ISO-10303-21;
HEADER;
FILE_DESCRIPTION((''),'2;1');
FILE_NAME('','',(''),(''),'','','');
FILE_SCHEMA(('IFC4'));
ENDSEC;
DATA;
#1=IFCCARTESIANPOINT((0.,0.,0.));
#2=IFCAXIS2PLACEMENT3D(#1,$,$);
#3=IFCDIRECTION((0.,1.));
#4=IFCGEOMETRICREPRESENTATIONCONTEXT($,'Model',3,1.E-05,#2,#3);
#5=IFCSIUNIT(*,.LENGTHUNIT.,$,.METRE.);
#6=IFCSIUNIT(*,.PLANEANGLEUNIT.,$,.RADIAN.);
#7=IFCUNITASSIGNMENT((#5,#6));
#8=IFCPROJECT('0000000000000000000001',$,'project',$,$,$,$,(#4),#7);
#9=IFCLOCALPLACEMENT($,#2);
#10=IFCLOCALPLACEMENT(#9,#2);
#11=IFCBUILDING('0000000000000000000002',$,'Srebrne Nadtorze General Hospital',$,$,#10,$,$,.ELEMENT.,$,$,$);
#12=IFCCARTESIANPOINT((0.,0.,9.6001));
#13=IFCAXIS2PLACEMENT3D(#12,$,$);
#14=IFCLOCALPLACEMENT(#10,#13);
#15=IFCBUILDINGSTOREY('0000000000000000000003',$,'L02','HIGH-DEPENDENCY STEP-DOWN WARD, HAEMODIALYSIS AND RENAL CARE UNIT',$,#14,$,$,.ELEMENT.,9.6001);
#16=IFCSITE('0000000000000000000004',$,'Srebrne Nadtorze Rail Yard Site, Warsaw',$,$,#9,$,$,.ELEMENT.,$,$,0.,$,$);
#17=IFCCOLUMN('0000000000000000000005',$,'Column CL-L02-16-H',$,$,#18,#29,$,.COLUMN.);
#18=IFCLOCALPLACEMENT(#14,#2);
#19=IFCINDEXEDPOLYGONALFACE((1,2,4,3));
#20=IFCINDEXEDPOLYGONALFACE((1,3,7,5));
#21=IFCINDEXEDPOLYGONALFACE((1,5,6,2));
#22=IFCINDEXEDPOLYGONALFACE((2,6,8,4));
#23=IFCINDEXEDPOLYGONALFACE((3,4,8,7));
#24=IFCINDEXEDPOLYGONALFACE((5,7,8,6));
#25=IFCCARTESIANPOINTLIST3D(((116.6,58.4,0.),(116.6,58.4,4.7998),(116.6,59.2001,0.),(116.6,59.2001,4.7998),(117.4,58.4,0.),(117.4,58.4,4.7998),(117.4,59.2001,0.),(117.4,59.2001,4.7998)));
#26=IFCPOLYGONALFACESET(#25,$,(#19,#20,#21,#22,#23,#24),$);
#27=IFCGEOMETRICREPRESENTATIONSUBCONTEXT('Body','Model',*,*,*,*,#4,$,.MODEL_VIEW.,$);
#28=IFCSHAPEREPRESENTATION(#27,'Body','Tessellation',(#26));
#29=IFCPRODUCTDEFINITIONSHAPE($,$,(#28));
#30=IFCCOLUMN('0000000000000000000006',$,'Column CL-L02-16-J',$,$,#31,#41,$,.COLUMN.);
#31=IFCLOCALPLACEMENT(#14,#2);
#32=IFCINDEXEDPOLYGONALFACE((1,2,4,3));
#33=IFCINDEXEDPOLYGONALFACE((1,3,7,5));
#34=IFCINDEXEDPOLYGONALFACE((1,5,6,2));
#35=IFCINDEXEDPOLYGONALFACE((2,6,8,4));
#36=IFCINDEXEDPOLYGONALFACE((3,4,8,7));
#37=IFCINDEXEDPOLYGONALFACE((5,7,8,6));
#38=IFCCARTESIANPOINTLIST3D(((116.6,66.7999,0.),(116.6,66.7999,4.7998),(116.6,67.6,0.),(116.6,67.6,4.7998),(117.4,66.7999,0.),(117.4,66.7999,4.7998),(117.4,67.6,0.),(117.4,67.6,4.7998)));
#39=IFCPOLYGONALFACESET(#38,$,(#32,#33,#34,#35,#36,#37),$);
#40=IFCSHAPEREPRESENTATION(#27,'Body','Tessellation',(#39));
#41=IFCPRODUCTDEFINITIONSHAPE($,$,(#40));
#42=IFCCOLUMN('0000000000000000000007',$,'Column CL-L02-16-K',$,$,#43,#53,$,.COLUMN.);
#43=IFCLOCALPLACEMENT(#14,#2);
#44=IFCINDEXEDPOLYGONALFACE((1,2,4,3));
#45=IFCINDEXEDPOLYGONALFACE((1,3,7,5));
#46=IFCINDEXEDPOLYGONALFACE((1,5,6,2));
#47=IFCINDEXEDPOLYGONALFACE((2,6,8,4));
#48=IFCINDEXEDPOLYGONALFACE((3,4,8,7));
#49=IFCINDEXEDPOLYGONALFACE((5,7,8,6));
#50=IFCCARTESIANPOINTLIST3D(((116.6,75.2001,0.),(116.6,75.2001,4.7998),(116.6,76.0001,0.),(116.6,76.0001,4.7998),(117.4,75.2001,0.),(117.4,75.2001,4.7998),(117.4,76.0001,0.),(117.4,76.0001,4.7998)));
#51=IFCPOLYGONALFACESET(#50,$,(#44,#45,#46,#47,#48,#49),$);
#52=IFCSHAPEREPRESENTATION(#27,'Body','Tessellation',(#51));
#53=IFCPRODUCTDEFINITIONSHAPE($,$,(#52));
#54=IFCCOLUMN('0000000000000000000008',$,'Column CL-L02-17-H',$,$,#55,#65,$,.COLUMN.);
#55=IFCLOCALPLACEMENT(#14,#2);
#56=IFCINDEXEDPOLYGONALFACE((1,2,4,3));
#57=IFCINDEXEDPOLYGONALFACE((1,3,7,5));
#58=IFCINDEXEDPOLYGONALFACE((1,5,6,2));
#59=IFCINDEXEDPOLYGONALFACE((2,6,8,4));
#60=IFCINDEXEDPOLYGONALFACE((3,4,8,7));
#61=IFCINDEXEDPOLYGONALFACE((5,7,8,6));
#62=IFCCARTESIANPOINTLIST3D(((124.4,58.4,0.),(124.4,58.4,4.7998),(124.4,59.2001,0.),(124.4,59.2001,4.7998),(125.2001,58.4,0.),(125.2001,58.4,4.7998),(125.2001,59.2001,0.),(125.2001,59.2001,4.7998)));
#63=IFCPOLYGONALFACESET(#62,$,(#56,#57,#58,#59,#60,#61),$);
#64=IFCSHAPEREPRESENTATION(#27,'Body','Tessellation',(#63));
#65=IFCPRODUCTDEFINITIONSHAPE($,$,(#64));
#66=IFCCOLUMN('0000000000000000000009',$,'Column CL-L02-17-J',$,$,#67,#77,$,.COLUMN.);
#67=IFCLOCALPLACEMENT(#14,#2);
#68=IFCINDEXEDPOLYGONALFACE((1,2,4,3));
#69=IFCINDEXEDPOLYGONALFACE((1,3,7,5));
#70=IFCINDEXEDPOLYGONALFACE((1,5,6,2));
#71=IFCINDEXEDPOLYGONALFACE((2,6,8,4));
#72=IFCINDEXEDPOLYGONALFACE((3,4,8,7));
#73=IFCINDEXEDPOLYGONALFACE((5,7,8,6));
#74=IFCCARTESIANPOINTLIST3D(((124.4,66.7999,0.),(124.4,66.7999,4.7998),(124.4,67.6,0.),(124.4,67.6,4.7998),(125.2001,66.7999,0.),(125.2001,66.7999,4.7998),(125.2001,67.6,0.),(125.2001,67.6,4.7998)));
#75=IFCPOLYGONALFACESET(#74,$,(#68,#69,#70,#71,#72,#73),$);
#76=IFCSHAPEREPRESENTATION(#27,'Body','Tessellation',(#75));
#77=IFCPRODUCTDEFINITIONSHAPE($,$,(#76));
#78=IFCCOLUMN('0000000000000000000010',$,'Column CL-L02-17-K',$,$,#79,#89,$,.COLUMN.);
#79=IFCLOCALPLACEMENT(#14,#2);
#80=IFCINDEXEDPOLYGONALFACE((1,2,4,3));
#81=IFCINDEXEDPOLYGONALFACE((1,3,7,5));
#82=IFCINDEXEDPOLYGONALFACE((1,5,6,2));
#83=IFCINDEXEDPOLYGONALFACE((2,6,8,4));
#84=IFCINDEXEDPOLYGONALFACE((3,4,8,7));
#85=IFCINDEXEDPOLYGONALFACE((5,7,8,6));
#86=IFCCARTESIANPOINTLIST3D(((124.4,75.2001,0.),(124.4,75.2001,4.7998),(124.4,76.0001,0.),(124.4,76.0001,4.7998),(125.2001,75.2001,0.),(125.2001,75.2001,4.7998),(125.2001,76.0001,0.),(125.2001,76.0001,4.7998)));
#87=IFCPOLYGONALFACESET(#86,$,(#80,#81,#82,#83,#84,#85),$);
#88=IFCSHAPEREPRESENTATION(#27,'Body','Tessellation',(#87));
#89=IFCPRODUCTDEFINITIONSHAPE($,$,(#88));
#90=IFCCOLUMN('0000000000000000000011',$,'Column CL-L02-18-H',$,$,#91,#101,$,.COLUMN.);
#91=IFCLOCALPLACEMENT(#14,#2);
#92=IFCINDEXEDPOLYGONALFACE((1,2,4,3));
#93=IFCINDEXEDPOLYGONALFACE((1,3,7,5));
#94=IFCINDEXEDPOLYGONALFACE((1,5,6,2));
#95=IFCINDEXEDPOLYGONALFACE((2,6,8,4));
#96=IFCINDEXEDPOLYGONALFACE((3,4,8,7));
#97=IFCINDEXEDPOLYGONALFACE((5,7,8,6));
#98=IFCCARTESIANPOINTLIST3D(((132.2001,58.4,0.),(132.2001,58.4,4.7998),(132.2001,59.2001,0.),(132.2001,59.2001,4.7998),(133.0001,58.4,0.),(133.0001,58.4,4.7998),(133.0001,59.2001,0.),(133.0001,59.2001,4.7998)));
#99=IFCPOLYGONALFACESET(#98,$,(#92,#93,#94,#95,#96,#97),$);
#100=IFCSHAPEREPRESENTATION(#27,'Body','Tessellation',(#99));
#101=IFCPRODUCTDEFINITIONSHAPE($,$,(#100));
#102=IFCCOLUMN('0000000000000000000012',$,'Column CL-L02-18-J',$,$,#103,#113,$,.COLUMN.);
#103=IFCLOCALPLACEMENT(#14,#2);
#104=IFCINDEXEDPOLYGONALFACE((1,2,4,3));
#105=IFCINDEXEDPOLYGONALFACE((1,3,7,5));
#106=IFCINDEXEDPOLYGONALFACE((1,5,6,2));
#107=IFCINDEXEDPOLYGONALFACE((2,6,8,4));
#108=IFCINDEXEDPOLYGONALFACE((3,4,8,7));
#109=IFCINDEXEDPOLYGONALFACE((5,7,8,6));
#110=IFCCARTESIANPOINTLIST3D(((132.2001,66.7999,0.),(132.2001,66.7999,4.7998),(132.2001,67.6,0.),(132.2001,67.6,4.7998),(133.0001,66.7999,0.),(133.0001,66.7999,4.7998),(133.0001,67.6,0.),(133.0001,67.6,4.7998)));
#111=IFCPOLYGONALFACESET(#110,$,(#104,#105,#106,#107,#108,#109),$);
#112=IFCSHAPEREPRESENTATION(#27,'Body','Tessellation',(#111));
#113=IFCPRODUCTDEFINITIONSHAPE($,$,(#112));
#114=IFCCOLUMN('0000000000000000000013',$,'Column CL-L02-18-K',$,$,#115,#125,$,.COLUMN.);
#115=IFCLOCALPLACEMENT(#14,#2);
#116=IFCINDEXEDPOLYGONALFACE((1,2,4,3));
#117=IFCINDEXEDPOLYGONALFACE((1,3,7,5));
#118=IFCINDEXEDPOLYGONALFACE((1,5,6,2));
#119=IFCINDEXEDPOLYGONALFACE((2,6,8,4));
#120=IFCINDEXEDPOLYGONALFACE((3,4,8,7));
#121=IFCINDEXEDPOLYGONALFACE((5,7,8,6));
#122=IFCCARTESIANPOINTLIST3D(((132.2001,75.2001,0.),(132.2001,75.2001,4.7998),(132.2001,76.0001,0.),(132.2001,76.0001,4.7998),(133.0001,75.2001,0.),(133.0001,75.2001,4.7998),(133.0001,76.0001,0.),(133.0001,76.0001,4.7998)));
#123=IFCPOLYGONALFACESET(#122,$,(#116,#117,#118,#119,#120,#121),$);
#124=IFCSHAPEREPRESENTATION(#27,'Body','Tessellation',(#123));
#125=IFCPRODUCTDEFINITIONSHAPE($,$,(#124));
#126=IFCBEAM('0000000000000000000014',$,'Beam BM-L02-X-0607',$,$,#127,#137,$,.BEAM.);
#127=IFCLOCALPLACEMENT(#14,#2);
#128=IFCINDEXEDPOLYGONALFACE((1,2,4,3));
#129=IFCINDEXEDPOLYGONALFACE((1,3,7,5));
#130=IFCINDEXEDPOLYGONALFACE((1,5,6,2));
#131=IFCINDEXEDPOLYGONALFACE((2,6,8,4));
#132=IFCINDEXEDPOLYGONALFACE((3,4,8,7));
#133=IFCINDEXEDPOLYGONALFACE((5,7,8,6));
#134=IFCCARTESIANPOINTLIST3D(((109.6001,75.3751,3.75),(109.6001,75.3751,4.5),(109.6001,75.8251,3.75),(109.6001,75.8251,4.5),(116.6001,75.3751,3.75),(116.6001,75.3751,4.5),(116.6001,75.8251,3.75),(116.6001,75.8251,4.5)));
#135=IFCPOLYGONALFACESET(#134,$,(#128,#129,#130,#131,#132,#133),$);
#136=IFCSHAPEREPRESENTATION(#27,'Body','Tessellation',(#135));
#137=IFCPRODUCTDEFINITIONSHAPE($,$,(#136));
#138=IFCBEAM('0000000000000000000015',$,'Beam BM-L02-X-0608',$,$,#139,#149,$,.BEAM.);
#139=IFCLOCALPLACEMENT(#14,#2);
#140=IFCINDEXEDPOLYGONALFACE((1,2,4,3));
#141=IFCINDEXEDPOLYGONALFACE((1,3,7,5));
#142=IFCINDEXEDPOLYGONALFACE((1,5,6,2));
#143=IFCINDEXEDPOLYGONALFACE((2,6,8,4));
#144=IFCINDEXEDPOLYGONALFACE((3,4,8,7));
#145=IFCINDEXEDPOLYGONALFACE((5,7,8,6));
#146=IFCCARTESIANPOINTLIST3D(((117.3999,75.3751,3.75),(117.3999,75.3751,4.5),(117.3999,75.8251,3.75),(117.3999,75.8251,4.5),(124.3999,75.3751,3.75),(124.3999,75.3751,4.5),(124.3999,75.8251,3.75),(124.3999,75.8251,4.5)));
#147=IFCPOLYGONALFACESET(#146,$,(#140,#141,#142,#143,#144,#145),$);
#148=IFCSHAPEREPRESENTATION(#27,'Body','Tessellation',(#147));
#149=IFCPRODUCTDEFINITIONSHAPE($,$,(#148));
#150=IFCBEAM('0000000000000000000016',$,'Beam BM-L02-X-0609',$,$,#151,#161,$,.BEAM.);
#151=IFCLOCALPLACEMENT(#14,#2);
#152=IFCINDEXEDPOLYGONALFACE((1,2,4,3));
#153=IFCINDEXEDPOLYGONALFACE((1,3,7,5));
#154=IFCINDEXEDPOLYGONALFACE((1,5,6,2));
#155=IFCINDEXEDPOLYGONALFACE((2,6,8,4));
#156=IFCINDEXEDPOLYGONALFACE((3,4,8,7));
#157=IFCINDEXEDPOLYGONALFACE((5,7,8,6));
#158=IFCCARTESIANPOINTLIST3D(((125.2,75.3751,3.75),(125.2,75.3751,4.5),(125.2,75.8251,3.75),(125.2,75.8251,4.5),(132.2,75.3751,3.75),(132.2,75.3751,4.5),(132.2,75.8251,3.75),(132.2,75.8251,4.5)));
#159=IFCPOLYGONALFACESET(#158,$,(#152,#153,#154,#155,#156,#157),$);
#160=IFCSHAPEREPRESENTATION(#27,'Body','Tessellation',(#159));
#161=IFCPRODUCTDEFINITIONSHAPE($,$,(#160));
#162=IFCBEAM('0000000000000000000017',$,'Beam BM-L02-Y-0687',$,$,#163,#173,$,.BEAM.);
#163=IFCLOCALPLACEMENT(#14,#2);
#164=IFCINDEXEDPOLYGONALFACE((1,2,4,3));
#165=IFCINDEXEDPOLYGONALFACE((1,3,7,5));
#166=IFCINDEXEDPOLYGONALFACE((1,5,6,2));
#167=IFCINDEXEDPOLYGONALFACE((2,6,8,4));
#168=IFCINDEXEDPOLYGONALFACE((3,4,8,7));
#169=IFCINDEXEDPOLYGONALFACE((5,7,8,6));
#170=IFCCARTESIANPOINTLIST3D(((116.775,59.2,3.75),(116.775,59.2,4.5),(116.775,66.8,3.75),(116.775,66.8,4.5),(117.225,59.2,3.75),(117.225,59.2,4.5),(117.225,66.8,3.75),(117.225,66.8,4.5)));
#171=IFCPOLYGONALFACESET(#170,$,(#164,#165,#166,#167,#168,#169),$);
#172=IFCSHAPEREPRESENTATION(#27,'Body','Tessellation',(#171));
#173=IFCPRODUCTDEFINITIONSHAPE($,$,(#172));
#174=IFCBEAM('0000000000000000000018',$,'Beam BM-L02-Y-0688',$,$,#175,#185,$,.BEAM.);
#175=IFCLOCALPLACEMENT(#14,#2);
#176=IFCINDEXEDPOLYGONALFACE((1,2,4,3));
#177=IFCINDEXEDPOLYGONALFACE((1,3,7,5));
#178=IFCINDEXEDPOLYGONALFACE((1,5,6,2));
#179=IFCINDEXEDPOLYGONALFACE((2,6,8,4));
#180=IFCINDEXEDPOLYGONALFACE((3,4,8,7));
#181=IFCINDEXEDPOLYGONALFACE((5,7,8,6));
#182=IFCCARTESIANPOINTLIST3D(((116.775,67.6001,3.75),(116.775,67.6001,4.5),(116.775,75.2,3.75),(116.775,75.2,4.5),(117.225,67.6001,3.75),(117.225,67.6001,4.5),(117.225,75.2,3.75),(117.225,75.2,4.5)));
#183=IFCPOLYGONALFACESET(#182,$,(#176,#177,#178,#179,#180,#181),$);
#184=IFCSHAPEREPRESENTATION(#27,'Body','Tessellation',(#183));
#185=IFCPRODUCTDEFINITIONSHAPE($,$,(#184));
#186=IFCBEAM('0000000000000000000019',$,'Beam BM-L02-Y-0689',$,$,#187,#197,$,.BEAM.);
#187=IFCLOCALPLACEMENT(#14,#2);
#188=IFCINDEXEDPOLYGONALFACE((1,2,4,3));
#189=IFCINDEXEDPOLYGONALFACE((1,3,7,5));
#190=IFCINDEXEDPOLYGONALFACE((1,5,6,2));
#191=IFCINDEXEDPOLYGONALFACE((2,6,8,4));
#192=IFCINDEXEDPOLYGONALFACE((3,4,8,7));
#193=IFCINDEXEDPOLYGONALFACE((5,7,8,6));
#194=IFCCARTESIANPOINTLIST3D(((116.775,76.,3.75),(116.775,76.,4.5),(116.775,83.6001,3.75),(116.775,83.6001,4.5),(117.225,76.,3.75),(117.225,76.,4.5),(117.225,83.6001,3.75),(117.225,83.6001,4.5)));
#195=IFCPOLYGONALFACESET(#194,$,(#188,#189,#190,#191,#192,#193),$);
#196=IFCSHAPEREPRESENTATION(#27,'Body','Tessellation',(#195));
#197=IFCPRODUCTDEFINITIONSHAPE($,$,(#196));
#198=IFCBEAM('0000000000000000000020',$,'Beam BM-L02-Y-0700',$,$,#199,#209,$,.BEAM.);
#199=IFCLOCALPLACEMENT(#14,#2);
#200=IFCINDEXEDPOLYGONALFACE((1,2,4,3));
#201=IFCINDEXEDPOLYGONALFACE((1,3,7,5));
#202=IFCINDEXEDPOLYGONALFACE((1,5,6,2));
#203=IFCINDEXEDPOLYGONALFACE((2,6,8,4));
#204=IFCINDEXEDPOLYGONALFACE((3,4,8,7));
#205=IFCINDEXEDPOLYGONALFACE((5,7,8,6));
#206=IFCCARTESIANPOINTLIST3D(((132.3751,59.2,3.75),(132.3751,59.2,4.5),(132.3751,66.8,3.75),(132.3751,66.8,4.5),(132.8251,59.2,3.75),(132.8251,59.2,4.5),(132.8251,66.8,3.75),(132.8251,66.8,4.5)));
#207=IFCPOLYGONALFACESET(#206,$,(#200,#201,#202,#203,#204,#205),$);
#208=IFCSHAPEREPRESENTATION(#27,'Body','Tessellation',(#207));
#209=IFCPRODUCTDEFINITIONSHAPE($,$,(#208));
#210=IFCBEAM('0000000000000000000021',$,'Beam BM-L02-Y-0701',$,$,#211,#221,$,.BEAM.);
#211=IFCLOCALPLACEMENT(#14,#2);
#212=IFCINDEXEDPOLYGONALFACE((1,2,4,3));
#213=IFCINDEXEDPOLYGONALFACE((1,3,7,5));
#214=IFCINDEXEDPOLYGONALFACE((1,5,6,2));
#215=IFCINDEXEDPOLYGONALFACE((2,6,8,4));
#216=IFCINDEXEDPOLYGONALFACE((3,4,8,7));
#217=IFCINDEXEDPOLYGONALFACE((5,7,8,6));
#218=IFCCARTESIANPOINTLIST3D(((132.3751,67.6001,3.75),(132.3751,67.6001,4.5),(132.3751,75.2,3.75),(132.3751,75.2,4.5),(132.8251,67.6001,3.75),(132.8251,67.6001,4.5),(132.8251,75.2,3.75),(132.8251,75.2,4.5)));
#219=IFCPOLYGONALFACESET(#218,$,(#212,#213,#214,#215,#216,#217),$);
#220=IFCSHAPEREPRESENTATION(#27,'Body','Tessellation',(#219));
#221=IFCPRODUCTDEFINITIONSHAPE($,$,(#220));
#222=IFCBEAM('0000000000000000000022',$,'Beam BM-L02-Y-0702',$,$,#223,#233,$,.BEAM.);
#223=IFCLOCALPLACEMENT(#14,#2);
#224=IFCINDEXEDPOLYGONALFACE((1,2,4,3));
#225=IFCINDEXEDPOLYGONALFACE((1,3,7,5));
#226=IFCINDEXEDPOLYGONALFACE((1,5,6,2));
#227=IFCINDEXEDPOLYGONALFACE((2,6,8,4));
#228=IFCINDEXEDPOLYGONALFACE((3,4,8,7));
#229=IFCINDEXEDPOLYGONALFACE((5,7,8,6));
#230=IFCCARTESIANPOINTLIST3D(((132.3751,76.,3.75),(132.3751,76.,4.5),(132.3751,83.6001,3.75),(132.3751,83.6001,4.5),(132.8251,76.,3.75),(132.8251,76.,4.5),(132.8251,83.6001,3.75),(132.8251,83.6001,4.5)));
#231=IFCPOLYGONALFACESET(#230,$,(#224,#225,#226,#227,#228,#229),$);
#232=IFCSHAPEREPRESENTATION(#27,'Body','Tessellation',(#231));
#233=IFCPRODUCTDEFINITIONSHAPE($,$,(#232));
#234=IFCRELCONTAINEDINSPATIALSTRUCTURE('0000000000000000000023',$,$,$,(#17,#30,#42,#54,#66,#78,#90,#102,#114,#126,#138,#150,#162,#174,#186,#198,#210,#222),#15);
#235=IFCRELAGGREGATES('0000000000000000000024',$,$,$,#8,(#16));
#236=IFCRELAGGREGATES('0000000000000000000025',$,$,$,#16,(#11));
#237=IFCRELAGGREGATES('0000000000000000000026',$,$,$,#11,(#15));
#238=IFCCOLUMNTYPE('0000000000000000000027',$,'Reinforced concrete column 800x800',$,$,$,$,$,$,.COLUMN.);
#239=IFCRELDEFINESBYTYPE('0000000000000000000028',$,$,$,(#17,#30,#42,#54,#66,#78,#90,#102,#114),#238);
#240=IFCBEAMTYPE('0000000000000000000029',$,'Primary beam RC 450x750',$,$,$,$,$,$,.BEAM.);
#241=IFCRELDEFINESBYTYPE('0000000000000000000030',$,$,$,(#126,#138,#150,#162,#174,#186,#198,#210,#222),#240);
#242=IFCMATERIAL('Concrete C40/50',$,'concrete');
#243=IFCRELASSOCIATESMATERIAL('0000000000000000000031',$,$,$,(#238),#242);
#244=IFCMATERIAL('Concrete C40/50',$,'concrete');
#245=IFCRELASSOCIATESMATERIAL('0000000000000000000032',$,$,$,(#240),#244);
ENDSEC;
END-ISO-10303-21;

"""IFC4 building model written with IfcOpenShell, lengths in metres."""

from ifc_helpers import new_model, si_unit, direction, frame, origin, origin_2d, place, context, subcontext, project, spatial, rectangle, extrude, material, material_profile, profile_set, type_object, element, save


model = new_model("IFC4")

# Units and contexts
model_context = context("Model", 3, precision=1e-05, world=origin(), true_north=direction((0.0, 1.0)))
body_context = subcontext(model_context, "Body", "Model", "MODEL_VIEW")
ifc_project = project(units=[si_unit("LENGTHUNIT", "METRE"), si_unit("PLANEANGLEUNIT", "RADIAN")], contexts=[model_context])

# Site, building, storey
site_placement = place(None, origin())
site = spatial("IfcSite", under=ifc_project, at=site_placement, Name="Srebrne Nadtorze Rail Yard Site, Warsaw", CompositionType="ELEMENT", RefElevation=0.0)
building_placement = place(site_placement, origin())
building = spatial("IfcBuilding", under=site, at=building_placement, Name="Srebrne Nadtorze General Hospital", CompositionType="ELEMENT")
storey_placement = place(building_placement, frame((0.0, 0.0, 9.6001)))
storey = spatial("IfcBuildingStorey", under=building, at=storey_placement, Name="L02", Description="HIGH-DEPENDENCY STEP-DOWN WARD, HAEMODIALYSIS AND RENAL CARE UNIT", CompositionType="ELEMENT", Elevation=9.6001)

# Columns
ifc_material_1 = material(Name="Concrete C40/50", Category="concrete")
ifc_material_profile_1 = material_profile(ifc_material_1, rectangle(XDim=0.8, YDim=0.8, at=origin_2d()), Name="RC-COL-800x800")
ifc_profile_set_1 = profile_set([ifc_material_profile_1], Name="Concrete C40/50")
column_type = type_object("IfcColumnType", Name="Reinforced concrete column 800x800", PredefinedType="COLUMN", material=ifc_profile_set_1)
for number, where, z_axis, x_axis, name in (
    (1, (117.0, 58.8, 0.0), (0.0, 0.0, 1.0), (1.0, 0.0, 0.0), "Column CL-L02-16-H"),
    (2, (117.0, 67.2, 0.0), (0.0, 0.0, 1.0), (1.0, 0.0, 0.0), "Column CL-L02-16-J"),
    (3, (117.0, 75.6001, 0.0), (0.0, 0.0, 1.0), (1.0, 0.0, 0.0), "Column CL-L02-16-K"),
    (4, (124.8, 58.8, 0.0), (0.0, 0.0, 1.0), (1.0, 0.0, 0.0), "Column CL-L02-17-H"),
    (5, (124.8, 67.2, 0.0), (0.0, 0.0, 1.0), (1.0, 0.0, 0.0), "Column CL-L02-17-J"),
    (6, (124.8, 75.6001, 0.0), (0.0, 0.0, 1.0), (1.0, 0.0, 0.0), "Column CL-L02-17-K"),
    (7, (132.6001, 58.8, 0.0), (0.0, 0.0, 1.0), (1.0, 0.0, 0.0), "Column CL-L02-18-H"),
    (8, (132.6001, 67.2, 0.0), (0.0, 0.0, 1.0), (1.0, 0.0, 0.0), "Column CL-L02-18-J"),
    (9, (132.6001, 75.6001, 0.0), (0.0, 0.0, 1.0), (1.0, 0.0, 0.0), "Column CL-L02-18-K"),
):
    element("IfcColumn", number, at=place(storey_placement, frame(where, z_axis=z_axis, x_axis=x_axis)), inside=storey, type_object=column_type, Name=name, PredefinedType="COLUMN", context=body_context, shape_type="SweptSolid", body=[
        extrude(rectangle(XDim=0.8, YDim=0.8, at=origin_2d()), origin(), (0.0, 0.0, 1.0), 4.7998),
    ])

# Beams
ifc_material_2 = material(Name="Concrete C40/50", Category="concrete")
ifc_material_profile_2 = material_profile(ifc_material_2, rectangle(XDim=0.45, YDim=0.75, at=origin_2d()), Name="RC-BM-450x750")
ifc_profile_set_2 = profile_set([ifc_material_profile_2], Name="Concrete C40/50")
beam_type = type_object("IfcBeamType", Name="Primary beam RC 450x750", PredefinedType="BEAM", material=ifc_profile_set_2)
for number, where, z_axis, x_axis, name in (
    (10, (109.6001, 75.6001, 4.125), (1.0, 0.0, 0.0), (0.0, 1.0, 0.0), "Beam BM-L02-X-0607"),
    (11, (117.3999, 75.6001, 4.125), (1.0, 0.0, 0.0), (0.0, 1.0, 0.0), "Beam BM-L02-X-0608"),
    (12, (125.2, 75.6001, 4.125), (1.0, 0.0, 0.0), (0.0, 1.0, 0.0), "Beam BM-L02-X-0609"),
):
    element("IfcBeam", number, at=place(storey_placement, frame(where, z_axis=z_axis, x_axis=x_axis)), inside=storey, type_object=beam_type, Name=name, PredefinedType="BEAM", context=body_context, shape_type="SweptSolid", body=[
        extrude(rectangle(XDim=0.45, YDim=0.75, at=origin_2d()), origin(), (0.0, 0.0, 1.0), 7.0),
    ])
beam_1_placement = place(storey_placement, frame((117.0, 59.2, 4.125), z_axis=(0.0, 1.0, 0.0), x_axis=(-1.0, 0.0, 0.0)))
element("IfcBeam", 13, at=beam_1_placement, inside=storey, type_object=beam_type, Name="Beam BM-L02-Y-0687", PredefinedType="BEAM", context=body_context, shape_type="SweptSolid", body=[
    extrude(rectangle(XDim=0.45, YDim=0.75, at=origin_2d()), origin(), (0.0, 0.0, 1.0), 7.6001),
])
beam_2_placement = place(storey_placement, frame((117.0, 67.6001, 4.125), z_axis=(0.0, 1.0, 0.0), x_axis=(-1.0, 0.0, 0.0)))
element("IfcBeam", 14, at=beam_2_placement, inside=storey, type_object=beam_type, Name="Beam BM-L02-Y-0688", PredefinedType="BEAM", context=body_context, shape_type="SweptSolid", body=[
    extrude(rectangle(XDim=0.45, YDim=0.75, at=origin_2d()), origin(), (0.0, 0.0, 1.0), 7.5999),
])
for number, where, z_axis, x_axis, name in (
    (15, (117.0, 76.0, 4.125), (0.0, 1.0, 0.0), (-1.0, 0.0, 0.0), "Beam BM-L02-Y-0689"),
    (16, (132.6001, 59.2, 4.125), (0.0, 1.0, 0.0), (-1.0, 0.0, 0.0), "Beam BM-L02-Y-0700"),
):
    element("IfcBeam", number, at=place(storey_placement, frame(where, z_axis=z_axis, x_axis=x_axis)), inside=storey, type_object=beam_type, Name=name, PredefinedType="BEAM", context=body_context, shape_type="SweptSolid", body=[
        extrude(rectangle(XDim=0.45, YDim=0.75, at=origin_2d()), origin(), (0.0, 0.0, 1.0), 7.6001),
    ])
beam_3_placement = place(storey_placement, frame((132.6001, 67.6001, 4.125), z_axis=(0.0, 1.0, 0.0), x_axis=(-1.0, 0.0, 0.0)))
element("IfcBeam", 17, at=beam_3_placement, inside=storey, type_object=beam_type, Name="Beam BM-L02-Y-0701", PredefinedType="BEAM", context=body_context, shape_type="SweptSolid", body=[
    extrude(rectangle(XDim=0.45, YDim=0.75, at=origin_2d()), origin(), (0.0, 0.0, 1.0), 7.5999),
])
beam_4_placement = place(storey_placement, frame((132.6001, 76.0, 4.125), z_axis=(0.0, 1.0, 0.0), x_axis=(-1.0, 0.0, 0.0)))
element("IfcBeam", 18, at=beam_4_placement, inside=storey, type_object=beam_type, Name="Beam BM-L02-Y-0702", PredefinedType="BEAM", context=body_context, shape_type="SweptSolid", body=[
    extrude(rectangle(XDim=0.45, YDim=0.75, at=origin_2d()), origin(), (0.0, 0.0, 1.0), 7.6001),
])

save(model, "model.ifc")
